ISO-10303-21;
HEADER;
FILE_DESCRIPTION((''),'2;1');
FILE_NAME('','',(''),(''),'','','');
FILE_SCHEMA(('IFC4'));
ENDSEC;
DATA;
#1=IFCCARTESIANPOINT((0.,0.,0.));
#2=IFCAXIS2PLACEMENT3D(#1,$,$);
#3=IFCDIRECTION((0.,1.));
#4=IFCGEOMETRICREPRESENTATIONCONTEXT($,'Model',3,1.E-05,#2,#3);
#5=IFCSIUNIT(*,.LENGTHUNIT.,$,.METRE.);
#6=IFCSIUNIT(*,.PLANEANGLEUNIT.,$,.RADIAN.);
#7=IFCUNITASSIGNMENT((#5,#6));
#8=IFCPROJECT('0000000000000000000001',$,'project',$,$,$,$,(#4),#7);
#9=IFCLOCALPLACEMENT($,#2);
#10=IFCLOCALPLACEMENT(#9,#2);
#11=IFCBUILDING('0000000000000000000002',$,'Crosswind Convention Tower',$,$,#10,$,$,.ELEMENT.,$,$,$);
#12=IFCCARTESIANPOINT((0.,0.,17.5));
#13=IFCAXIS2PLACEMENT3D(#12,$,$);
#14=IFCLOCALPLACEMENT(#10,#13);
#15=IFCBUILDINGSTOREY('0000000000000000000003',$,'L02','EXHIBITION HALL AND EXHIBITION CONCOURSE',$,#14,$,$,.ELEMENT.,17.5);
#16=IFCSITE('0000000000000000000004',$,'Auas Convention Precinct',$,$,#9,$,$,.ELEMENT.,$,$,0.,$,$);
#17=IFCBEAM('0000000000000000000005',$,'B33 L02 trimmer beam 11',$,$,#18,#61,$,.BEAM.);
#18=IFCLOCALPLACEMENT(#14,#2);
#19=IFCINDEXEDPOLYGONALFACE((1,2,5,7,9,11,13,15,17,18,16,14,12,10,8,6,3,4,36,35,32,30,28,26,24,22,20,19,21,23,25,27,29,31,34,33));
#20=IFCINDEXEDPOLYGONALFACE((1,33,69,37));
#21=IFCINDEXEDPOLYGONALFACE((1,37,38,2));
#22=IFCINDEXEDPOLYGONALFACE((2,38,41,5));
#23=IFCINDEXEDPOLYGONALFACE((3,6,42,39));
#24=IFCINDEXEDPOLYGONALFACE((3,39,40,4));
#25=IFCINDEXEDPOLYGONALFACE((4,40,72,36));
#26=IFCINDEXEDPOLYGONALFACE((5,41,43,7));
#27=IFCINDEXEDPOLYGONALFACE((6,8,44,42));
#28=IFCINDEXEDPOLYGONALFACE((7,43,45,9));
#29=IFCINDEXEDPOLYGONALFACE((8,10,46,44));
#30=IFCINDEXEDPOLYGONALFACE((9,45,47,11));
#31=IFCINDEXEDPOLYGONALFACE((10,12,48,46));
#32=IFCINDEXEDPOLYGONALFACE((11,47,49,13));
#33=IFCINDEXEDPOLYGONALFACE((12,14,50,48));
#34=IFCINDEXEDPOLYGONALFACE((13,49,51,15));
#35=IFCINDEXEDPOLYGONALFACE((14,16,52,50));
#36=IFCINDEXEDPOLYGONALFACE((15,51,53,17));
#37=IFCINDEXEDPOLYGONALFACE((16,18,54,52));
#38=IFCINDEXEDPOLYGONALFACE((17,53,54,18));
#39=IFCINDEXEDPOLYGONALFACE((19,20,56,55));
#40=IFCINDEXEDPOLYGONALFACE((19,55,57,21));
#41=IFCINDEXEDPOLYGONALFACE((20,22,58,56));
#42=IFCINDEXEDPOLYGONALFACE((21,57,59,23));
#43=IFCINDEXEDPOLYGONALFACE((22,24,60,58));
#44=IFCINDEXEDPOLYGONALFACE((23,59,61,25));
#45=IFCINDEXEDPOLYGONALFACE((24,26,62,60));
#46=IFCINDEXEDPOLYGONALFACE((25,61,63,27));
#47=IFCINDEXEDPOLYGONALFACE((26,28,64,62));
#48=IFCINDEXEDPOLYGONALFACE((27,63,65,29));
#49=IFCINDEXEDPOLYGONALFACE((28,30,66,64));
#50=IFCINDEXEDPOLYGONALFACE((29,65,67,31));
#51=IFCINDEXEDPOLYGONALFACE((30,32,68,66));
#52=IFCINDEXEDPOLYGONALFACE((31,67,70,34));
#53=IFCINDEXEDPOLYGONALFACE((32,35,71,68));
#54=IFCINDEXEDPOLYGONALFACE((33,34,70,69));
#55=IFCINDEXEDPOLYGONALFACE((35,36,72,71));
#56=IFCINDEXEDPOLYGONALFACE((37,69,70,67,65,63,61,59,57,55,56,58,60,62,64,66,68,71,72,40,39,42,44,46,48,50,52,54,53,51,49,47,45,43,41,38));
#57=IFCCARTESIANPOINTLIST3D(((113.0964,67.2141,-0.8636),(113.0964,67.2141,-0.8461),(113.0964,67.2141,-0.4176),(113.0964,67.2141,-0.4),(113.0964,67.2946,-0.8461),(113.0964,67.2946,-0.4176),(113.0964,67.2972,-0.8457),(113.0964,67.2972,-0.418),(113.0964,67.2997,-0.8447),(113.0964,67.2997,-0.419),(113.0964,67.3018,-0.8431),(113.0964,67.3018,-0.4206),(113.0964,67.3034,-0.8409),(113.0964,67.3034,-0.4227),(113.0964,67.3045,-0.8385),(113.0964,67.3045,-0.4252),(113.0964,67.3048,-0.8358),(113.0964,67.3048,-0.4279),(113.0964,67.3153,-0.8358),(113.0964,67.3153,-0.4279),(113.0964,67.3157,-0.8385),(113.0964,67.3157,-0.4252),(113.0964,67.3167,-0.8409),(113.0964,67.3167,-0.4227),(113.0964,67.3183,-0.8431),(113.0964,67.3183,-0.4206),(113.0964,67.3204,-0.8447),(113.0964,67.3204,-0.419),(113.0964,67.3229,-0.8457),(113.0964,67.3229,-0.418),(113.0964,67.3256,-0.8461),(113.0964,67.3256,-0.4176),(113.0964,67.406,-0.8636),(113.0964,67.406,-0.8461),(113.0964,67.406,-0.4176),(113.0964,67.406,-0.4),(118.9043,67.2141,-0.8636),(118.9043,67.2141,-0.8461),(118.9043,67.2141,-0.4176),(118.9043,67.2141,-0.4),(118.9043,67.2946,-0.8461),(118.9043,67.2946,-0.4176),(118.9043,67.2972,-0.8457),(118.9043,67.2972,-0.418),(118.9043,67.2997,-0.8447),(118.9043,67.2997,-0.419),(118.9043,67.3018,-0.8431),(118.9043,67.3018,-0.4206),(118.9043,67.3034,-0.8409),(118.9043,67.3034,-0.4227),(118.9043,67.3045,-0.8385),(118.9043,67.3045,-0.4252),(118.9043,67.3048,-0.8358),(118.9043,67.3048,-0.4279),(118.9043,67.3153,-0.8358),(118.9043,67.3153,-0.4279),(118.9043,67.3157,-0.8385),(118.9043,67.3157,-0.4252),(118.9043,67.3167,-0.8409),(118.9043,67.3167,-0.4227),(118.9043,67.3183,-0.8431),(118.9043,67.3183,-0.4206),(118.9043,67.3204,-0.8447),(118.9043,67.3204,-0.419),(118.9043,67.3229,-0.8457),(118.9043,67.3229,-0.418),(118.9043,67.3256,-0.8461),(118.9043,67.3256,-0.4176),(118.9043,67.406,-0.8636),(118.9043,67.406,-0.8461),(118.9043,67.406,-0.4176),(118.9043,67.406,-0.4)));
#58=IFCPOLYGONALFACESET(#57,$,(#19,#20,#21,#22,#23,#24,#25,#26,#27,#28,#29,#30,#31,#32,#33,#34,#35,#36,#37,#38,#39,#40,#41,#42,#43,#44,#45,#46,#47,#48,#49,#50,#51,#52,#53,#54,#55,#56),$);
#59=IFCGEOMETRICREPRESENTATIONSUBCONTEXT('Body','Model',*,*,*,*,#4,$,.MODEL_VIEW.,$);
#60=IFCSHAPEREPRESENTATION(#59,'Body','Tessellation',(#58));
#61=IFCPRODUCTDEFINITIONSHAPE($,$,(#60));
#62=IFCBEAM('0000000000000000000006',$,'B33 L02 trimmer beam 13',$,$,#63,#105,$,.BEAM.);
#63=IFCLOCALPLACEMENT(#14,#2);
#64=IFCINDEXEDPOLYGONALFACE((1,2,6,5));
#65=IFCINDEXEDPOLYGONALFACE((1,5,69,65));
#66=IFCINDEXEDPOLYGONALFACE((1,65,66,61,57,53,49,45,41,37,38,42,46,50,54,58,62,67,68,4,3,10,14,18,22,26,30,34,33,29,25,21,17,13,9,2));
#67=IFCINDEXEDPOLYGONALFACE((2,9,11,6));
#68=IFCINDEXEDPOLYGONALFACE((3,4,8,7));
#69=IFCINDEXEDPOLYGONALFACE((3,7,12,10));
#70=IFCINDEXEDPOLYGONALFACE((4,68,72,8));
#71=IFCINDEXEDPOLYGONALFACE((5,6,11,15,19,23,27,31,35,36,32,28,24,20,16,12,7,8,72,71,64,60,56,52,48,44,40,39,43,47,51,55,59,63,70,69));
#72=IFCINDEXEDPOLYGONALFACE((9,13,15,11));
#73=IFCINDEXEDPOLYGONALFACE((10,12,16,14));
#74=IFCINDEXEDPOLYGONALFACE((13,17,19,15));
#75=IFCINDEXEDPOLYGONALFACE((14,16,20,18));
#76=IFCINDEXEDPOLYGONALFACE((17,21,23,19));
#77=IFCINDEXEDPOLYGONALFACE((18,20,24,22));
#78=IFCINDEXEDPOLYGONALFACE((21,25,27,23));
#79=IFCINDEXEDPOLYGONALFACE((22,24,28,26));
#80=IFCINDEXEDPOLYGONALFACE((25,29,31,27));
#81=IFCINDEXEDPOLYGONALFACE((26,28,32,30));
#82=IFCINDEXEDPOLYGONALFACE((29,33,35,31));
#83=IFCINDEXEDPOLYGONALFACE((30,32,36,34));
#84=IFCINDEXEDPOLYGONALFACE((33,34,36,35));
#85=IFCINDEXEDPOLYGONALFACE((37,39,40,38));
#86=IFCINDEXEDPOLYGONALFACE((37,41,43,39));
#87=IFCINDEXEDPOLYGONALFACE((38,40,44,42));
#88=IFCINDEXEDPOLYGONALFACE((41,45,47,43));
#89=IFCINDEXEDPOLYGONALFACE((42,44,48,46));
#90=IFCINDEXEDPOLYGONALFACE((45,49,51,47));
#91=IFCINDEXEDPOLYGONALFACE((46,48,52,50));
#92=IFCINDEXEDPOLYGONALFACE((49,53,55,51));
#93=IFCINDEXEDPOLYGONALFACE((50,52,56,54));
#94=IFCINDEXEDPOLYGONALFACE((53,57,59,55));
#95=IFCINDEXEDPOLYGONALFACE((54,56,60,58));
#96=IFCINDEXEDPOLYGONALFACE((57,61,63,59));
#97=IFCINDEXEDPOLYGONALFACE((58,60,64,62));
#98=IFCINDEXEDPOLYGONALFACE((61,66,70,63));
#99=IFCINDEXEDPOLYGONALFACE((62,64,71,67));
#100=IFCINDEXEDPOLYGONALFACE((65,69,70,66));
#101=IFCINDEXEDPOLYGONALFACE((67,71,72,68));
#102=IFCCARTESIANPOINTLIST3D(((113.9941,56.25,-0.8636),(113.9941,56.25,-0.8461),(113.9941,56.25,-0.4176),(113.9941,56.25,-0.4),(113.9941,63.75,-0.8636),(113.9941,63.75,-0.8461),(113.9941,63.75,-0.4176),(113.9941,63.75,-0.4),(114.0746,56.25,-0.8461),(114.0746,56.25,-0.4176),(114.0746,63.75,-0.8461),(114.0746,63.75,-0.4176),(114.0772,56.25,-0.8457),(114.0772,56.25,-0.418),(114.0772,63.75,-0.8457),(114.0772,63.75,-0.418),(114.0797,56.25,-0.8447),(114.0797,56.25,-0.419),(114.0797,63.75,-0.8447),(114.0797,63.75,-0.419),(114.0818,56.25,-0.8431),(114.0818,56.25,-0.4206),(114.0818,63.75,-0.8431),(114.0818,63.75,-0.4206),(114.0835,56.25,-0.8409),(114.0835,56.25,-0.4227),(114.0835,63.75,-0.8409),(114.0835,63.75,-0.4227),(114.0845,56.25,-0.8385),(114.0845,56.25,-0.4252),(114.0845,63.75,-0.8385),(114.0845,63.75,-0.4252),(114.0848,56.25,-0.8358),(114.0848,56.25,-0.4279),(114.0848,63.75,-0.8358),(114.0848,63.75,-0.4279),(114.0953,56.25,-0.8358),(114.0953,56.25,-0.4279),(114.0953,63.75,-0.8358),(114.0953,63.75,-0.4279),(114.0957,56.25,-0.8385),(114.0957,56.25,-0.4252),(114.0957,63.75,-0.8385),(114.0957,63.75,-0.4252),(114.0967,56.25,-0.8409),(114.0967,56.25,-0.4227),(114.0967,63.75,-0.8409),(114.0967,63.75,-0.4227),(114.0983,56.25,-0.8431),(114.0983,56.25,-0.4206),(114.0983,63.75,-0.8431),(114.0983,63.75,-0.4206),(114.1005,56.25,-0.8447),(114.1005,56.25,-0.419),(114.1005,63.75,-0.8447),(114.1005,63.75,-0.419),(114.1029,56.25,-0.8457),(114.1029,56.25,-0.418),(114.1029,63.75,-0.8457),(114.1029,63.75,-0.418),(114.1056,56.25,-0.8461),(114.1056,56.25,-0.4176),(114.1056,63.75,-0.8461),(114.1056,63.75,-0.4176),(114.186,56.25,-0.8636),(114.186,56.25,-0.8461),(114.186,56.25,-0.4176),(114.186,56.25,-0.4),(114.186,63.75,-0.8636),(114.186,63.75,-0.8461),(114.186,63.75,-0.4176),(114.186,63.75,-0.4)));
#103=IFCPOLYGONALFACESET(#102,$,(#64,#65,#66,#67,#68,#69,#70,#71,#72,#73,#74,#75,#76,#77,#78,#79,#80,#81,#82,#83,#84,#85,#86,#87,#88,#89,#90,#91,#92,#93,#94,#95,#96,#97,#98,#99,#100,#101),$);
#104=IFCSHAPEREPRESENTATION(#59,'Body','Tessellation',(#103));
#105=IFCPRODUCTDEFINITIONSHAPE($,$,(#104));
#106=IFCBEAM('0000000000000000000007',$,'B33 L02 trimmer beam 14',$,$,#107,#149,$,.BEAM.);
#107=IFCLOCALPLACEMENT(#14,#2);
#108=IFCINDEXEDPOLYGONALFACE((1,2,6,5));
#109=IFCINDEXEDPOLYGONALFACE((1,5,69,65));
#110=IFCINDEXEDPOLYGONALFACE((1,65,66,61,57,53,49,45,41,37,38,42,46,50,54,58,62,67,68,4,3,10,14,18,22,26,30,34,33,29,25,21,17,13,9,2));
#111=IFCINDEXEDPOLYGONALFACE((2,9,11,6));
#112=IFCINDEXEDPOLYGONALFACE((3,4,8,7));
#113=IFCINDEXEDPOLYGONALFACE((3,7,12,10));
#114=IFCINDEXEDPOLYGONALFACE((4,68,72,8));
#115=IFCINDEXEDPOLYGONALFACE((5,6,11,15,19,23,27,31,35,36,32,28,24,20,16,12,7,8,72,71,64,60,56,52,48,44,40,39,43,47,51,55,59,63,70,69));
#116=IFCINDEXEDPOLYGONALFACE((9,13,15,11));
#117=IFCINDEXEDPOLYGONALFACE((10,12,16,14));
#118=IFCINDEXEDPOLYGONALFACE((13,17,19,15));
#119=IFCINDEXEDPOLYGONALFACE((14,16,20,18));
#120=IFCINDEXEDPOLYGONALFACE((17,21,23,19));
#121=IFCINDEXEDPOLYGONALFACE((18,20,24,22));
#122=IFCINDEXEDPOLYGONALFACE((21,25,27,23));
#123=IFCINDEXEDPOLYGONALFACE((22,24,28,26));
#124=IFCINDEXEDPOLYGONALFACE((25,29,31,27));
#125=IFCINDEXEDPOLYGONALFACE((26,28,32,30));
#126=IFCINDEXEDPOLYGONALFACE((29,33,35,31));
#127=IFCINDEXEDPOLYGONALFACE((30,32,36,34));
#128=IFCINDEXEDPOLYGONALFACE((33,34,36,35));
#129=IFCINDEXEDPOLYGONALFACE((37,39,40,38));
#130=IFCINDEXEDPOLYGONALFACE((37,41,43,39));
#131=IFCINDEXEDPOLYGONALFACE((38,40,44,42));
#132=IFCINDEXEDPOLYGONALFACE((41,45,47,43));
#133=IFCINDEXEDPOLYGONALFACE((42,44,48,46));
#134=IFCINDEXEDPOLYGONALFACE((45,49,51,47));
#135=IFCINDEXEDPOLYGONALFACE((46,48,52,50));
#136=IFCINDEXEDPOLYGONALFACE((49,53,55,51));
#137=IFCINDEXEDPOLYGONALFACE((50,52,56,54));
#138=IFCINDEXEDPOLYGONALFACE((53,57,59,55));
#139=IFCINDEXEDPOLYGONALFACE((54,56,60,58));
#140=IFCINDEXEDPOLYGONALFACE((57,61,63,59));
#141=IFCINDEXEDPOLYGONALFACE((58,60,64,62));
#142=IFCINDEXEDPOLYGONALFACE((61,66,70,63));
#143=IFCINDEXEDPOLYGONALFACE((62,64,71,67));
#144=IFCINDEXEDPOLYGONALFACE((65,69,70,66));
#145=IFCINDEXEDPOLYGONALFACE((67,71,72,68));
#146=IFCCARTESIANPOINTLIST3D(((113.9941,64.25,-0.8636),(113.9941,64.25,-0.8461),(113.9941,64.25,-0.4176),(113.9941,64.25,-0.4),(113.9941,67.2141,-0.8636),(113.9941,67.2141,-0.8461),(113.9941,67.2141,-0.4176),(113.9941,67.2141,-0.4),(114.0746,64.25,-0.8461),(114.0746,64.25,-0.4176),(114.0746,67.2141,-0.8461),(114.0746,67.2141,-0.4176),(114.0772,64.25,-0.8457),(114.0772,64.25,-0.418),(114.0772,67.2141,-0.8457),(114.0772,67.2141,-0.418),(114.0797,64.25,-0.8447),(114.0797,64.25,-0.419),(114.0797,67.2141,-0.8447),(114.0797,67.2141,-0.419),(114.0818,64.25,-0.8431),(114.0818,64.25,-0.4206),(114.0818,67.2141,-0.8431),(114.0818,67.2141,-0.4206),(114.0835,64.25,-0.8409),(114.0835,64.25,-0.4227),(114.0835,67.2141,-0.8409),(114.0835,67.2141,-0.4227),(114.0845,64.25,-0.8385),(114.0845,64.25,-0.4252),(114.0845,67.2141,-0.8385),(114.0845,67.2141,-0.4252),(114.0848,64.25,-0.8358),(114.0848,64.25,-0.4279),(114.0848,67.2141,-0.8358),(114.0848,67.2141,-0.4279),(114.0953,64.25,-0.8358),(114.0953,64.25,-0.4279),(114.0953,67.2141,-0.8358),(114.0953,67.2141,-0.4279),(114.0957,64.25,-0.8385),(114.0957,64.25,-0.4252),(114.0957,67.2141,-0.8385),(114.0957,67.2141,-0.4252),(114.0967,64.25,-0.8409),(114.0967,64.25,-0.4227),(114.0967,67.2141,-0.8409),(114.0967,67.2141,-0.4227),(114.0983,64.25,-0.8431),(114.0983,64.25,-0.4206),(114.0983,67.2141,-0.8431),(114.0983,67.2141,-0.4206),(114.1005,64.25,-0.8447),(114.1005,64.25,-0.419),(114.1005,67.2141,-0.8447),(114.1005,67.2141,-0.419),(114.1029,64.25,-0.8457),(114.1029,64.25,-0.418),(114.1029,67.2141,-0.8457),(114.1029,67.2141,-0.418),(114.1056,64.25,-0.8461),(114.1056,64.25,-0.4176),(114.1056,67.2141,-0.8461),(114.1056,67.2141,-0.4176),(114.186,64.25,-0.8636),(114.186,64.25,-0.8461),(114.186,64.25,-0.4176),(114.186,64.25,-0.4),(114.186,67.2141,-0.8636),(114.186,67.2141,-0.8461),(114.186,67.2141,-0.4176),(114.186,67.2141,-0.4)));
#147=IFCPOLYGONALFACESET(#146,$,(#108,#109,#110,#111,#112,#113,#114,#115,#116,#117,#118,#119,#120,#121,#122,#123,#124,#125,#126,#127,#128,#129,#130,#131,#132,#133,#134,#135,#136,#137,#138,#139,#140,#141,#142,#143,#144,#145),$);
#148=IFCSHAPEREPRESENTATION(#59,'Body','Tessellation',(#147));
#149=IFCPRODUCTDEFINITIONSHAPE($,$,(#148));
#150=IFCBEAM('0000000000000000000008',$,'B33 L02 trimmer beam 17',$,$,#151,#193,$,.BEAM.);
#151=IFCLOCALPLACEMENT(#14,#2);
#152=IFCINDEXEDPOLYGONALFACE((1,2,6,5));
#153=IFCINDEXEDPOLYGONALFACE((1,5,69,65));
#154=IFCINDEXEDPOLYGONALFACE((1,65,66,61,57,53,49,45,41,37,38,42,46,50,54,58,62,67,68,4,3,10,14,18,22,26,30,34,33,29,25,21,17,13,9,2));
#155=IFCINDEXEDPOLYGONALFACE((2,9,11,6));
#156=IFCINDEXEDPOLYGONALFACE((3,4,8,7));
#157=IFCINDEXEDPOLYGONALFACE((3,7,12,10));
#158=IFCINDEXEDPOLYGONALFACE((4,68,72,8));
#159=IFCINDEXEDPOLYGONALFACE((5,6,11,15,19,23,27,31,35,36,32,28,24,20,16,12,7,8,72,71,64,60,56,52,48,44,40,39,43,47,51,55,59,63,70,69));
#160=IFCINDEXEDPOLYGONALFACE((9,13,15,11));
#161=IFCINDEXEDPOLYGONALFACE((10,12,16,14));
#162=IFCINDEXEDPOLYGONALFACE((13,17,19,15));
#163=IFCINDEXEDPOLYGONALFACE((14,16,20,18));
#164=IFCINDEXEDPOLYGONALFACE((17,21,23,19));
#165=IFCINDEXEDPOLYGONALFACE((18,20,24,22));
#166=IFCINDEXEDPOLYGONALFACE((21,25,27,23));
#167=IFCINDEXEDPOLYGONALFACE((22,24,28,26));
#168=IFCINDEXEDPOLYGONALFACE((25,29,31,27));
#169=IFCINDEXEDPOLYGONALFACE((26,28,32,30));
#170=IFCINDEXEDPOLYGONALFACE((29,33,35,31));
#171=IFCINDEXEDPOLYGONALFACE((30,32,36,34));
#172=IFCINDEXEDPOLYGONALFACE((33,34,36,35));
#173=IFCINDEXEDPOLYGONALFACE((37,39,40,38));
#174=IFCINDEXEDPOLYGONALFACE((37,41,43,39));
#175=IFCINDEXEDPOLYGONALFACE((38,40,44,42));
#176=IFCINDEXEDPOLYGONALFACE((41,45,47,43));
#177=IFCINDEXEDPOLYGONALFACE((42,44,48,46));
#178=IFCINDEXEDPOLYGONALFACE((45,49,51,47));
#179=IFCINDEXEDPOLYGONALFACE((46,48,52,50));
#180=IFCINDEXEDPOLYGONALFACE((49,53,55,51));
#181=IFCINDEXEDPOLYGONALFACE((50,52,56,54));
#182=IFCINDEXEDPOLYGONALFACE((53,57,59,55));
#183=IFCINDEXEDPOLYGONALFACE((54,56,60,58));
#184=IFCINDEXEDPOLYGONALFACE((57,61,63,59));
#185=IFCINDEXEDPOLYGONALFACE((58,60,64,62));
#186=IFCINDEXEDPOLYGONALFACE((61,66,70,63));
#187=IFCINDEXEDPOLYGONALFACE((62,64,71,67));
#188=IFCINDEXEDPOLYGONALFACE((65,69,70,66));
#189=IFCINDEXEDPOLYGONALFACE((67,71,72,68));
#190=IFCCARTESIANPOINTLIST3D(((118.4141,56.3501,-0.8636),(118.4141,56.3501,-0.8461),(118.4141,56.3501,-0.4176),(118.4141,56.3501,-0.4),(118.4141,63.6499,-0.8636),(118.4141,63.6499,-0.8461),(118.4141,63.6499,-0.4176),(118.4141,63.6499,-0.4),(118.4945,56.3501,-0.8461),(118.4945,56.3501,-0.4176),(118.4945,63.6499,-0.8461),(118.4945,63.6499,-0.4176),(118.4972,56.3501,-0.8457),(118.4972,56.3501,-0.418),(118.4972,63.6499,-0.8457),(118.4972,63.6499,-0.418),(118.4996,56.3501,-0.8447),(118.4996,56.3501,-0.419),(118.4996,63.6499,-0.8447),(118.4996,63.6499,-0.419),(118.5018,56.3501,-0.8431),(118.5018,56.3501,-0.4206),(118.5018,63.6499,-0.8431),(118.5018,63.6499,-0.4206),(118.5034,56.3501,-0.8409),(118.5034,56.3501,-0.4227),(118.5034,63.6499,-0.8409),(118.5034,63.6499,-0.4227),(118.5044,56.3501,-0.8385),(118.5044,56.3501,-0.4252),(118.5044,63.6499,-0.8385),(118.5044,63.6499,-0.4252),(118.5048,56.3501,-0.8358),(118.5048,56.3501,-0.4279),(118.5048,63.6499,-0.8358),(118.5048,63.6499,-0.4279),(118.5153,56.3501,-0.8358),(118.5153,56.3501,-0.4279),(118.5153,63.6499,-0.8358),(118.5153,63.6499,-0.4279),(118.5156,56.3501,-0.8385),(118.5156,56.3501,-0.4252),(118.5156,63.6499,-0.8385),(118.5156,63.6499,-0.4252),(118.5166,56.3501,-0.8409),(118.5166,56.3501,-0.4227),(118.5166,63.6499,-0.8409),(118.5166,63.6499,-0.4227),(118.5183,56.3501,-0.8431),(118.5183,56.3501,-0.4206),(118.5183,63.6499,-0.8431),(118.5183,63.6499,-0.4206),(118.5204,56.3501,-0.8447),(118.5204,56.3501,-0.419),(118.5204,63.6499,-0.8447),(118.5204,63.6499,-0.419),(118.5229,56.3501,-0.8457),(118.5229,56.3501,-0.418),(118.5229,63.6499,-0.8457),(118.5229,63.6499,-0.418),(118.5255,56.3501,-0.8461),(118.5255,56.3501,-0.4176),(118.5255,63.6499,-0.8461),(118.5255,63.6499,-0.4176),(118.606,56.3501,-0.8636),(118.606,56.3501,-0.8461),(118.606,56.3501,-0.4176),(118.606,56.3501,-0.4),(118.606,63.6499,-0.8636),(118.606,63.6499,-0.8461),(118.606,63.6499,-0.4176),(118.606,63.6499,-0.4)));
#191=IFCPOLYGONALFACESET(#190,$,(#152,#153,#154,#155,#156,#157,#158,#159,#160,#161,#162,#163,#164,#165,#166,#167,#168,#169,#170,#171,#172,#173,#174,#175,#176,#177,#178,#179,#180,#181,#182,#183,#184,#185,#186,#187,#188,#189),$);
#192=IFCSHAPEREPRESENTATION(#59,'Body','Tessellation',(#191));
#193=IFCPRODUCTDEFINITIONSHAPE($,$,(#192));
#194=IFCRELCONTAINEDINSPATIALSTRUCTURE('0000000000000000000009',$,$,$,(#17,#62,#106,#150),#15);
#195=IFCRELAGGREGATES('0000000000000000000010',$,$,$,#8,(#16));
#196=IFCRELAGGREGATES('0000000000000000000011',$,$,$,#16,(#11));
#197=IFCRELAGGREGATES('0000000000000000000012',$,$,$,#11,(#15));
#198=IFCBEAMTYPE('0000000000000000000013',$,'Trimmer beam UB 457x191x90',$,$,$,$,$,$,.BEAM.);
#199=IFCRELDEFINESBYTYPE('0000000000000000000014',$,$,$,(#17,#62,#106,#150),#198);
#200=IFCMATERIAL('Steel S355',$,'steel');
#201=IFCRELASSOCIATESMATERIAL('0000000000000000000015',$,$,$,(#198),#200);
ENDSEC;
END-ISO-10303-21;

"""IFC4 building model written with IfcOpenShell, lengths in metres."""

from ifc_helpers import new_model, si_unit, direction, frame, origin, origin_2d, place, context, subcontext, project, spatial, i_section, extrude, material, material_profile, profile_set, type_object, element, save


model = new_model("IFC4")

# Units and contexts
model_context = context("Model", 3, precision=1e-05, world=origin(), true_north=direction((0.0, 1.0)))
body_context = subcontext(model_context, "Body", "Model", "MODEL_VIEW")
ifc_project = project(units=[si_unit("LENGTHUNIT", "METRE"), si_unit("PLANEANGLEUNIT", "RADIAN")], contexts=[model_context])

# Site, building, storey
site_placement = place(None, origin())
site = spatial("IfcSite", under=ifc_project, at=site_placement, Name="Auas Convention Precinct", CompositionType="ELEMENT", RefElevation=0.0)
building_placement = place(site_placement, origin())
building = spatial("IfcBuilding", under=site, at=building_placement, Name="Crosswind Convention Tower", CompositionType="ELEMENT")
storey_placement = place(building_placement, frame((0.0, 0.0, 17.5)))
storey = spatial("IfcBuildingStorey", under=building, at=storey_placement, Name="L02", Description="EXHIBITION HALL AND EXHIBITION CONCOURSE", CompositionType="ELEMENT", Elevation=17.5)

# Shared definitions
ifc_material_1 = material(Name="Steel S355", Category="steel")

# Beams
ifc_material_profile_1 = material_profile(ifc_material_1, i_section(OverallWidth=0.1919, OverallDepth=0.4636, WebThickness=0.0105, FlangeThickness=0.0176, FilletRadius=0.0103, at=origin_2d()), Name="UB 457x191x90")
ifc_profile_set_1 = profile_set([ifc_material_profile_1], Name="Steel S355")
beam_type_1 = type_object("IfcBeamType", Name="Trimmer beam UB 457x191x90", PredefinedType="BEAM", material=ifc_profile_set_1)
beam_1_placement = place(storey_placement, frame((113.0964, 67.3101, -0.6318), z_axis=(1.0, 0.0, 0.0), x_axis=(0.0, 1.0, 0.0)))
element("IfcBeam", 1, at=beam_1_placement, inside=storey, type_object=beam_type_1, Name="B33 L02 trimmer beam 11", PredefinedType="BEAM", context=body_context, shape_type="SweptSolid", body=[
    extrude(i_section(OverallWidth=0.1919, OverallDepth=0.4636, WebThickness=0.0105, FlangeThickness=0.0176, FilletRadius=0.0103, at=origin_2d()), origin(), (0.0, 0.0, 1.0), 5.8079),
])
beam_2_placement = place(storey_placement, frame((114.0901, 63.75, -0.6318), z_axis=(0.0, -1.0, 0.0), x_axis=(1.0, 0.0, 0.0)))
element("IfcBeam", 2, at=beam_2_placement, inside=storey, type_object=beam_type_1, Name="B33 L02 trimmer beam 13", PredefinedType="BEAM", context=body_context, shape_type="SweptSolid", body=[
    extrude(i_section(OverallWidth=0.1919, OverallDepth=0.4636, WebThickness=0.0105, FlangeThickness=0.0176, FilletRadius=0.0103, at=origin_2d()), origin(), (0.0, 0.0, 1.0), 7.5),
])
beam_3_placement = place(storey_placement, frame((114.0901, 67.2141, -0.6318), z_axis=(0.0, -1.0, 0.0), x_axis=(1.0, 0.0, 0.0)))
element("IfcBeam", 3, at=beam_3_placement, inside=storey, type_object=beam_type_1, Name="B33 L02 trimmer beam 14", PredefinedType="BEAM", context=body_context, shape_type="SweptSolid", body=[
    extrude(i_section(OverallWidth=0.1919, OverallDepth=0.4636, WebThickness=0.0105, FlangeThickness=0.0176, FilletRadius=0.0103, at=origin_2d()), origin(), (0.0, 0.0, 1.0), 2.9641),
])
beam_4_placement = place(storey_placement, frame((118.51, 63.6499, -0.6318), z_axis=(0.0, -1.0, 0.0), x_axis=(1.0, 0.0, 0.0)))
element("IfcBeam", 4, at=beam_4_placement, inside=storey, type_object=beam_type_1, Name="B33 L02 trimmer beam 17", PredefinedType="BEAM", context=body_context, shape_type="SweptSolid", body=[
    extrude(i_section(OverallWidth=0.1919, OverallDepth=0.4636, WebThickness=0.0105, FlangeThickness=0.0176, FilletRadius=0.0103, at=origin_2d()), origin(), (0.0, 0.0, 1.0), 7.2998),
])

save(model, "model.ifc")
